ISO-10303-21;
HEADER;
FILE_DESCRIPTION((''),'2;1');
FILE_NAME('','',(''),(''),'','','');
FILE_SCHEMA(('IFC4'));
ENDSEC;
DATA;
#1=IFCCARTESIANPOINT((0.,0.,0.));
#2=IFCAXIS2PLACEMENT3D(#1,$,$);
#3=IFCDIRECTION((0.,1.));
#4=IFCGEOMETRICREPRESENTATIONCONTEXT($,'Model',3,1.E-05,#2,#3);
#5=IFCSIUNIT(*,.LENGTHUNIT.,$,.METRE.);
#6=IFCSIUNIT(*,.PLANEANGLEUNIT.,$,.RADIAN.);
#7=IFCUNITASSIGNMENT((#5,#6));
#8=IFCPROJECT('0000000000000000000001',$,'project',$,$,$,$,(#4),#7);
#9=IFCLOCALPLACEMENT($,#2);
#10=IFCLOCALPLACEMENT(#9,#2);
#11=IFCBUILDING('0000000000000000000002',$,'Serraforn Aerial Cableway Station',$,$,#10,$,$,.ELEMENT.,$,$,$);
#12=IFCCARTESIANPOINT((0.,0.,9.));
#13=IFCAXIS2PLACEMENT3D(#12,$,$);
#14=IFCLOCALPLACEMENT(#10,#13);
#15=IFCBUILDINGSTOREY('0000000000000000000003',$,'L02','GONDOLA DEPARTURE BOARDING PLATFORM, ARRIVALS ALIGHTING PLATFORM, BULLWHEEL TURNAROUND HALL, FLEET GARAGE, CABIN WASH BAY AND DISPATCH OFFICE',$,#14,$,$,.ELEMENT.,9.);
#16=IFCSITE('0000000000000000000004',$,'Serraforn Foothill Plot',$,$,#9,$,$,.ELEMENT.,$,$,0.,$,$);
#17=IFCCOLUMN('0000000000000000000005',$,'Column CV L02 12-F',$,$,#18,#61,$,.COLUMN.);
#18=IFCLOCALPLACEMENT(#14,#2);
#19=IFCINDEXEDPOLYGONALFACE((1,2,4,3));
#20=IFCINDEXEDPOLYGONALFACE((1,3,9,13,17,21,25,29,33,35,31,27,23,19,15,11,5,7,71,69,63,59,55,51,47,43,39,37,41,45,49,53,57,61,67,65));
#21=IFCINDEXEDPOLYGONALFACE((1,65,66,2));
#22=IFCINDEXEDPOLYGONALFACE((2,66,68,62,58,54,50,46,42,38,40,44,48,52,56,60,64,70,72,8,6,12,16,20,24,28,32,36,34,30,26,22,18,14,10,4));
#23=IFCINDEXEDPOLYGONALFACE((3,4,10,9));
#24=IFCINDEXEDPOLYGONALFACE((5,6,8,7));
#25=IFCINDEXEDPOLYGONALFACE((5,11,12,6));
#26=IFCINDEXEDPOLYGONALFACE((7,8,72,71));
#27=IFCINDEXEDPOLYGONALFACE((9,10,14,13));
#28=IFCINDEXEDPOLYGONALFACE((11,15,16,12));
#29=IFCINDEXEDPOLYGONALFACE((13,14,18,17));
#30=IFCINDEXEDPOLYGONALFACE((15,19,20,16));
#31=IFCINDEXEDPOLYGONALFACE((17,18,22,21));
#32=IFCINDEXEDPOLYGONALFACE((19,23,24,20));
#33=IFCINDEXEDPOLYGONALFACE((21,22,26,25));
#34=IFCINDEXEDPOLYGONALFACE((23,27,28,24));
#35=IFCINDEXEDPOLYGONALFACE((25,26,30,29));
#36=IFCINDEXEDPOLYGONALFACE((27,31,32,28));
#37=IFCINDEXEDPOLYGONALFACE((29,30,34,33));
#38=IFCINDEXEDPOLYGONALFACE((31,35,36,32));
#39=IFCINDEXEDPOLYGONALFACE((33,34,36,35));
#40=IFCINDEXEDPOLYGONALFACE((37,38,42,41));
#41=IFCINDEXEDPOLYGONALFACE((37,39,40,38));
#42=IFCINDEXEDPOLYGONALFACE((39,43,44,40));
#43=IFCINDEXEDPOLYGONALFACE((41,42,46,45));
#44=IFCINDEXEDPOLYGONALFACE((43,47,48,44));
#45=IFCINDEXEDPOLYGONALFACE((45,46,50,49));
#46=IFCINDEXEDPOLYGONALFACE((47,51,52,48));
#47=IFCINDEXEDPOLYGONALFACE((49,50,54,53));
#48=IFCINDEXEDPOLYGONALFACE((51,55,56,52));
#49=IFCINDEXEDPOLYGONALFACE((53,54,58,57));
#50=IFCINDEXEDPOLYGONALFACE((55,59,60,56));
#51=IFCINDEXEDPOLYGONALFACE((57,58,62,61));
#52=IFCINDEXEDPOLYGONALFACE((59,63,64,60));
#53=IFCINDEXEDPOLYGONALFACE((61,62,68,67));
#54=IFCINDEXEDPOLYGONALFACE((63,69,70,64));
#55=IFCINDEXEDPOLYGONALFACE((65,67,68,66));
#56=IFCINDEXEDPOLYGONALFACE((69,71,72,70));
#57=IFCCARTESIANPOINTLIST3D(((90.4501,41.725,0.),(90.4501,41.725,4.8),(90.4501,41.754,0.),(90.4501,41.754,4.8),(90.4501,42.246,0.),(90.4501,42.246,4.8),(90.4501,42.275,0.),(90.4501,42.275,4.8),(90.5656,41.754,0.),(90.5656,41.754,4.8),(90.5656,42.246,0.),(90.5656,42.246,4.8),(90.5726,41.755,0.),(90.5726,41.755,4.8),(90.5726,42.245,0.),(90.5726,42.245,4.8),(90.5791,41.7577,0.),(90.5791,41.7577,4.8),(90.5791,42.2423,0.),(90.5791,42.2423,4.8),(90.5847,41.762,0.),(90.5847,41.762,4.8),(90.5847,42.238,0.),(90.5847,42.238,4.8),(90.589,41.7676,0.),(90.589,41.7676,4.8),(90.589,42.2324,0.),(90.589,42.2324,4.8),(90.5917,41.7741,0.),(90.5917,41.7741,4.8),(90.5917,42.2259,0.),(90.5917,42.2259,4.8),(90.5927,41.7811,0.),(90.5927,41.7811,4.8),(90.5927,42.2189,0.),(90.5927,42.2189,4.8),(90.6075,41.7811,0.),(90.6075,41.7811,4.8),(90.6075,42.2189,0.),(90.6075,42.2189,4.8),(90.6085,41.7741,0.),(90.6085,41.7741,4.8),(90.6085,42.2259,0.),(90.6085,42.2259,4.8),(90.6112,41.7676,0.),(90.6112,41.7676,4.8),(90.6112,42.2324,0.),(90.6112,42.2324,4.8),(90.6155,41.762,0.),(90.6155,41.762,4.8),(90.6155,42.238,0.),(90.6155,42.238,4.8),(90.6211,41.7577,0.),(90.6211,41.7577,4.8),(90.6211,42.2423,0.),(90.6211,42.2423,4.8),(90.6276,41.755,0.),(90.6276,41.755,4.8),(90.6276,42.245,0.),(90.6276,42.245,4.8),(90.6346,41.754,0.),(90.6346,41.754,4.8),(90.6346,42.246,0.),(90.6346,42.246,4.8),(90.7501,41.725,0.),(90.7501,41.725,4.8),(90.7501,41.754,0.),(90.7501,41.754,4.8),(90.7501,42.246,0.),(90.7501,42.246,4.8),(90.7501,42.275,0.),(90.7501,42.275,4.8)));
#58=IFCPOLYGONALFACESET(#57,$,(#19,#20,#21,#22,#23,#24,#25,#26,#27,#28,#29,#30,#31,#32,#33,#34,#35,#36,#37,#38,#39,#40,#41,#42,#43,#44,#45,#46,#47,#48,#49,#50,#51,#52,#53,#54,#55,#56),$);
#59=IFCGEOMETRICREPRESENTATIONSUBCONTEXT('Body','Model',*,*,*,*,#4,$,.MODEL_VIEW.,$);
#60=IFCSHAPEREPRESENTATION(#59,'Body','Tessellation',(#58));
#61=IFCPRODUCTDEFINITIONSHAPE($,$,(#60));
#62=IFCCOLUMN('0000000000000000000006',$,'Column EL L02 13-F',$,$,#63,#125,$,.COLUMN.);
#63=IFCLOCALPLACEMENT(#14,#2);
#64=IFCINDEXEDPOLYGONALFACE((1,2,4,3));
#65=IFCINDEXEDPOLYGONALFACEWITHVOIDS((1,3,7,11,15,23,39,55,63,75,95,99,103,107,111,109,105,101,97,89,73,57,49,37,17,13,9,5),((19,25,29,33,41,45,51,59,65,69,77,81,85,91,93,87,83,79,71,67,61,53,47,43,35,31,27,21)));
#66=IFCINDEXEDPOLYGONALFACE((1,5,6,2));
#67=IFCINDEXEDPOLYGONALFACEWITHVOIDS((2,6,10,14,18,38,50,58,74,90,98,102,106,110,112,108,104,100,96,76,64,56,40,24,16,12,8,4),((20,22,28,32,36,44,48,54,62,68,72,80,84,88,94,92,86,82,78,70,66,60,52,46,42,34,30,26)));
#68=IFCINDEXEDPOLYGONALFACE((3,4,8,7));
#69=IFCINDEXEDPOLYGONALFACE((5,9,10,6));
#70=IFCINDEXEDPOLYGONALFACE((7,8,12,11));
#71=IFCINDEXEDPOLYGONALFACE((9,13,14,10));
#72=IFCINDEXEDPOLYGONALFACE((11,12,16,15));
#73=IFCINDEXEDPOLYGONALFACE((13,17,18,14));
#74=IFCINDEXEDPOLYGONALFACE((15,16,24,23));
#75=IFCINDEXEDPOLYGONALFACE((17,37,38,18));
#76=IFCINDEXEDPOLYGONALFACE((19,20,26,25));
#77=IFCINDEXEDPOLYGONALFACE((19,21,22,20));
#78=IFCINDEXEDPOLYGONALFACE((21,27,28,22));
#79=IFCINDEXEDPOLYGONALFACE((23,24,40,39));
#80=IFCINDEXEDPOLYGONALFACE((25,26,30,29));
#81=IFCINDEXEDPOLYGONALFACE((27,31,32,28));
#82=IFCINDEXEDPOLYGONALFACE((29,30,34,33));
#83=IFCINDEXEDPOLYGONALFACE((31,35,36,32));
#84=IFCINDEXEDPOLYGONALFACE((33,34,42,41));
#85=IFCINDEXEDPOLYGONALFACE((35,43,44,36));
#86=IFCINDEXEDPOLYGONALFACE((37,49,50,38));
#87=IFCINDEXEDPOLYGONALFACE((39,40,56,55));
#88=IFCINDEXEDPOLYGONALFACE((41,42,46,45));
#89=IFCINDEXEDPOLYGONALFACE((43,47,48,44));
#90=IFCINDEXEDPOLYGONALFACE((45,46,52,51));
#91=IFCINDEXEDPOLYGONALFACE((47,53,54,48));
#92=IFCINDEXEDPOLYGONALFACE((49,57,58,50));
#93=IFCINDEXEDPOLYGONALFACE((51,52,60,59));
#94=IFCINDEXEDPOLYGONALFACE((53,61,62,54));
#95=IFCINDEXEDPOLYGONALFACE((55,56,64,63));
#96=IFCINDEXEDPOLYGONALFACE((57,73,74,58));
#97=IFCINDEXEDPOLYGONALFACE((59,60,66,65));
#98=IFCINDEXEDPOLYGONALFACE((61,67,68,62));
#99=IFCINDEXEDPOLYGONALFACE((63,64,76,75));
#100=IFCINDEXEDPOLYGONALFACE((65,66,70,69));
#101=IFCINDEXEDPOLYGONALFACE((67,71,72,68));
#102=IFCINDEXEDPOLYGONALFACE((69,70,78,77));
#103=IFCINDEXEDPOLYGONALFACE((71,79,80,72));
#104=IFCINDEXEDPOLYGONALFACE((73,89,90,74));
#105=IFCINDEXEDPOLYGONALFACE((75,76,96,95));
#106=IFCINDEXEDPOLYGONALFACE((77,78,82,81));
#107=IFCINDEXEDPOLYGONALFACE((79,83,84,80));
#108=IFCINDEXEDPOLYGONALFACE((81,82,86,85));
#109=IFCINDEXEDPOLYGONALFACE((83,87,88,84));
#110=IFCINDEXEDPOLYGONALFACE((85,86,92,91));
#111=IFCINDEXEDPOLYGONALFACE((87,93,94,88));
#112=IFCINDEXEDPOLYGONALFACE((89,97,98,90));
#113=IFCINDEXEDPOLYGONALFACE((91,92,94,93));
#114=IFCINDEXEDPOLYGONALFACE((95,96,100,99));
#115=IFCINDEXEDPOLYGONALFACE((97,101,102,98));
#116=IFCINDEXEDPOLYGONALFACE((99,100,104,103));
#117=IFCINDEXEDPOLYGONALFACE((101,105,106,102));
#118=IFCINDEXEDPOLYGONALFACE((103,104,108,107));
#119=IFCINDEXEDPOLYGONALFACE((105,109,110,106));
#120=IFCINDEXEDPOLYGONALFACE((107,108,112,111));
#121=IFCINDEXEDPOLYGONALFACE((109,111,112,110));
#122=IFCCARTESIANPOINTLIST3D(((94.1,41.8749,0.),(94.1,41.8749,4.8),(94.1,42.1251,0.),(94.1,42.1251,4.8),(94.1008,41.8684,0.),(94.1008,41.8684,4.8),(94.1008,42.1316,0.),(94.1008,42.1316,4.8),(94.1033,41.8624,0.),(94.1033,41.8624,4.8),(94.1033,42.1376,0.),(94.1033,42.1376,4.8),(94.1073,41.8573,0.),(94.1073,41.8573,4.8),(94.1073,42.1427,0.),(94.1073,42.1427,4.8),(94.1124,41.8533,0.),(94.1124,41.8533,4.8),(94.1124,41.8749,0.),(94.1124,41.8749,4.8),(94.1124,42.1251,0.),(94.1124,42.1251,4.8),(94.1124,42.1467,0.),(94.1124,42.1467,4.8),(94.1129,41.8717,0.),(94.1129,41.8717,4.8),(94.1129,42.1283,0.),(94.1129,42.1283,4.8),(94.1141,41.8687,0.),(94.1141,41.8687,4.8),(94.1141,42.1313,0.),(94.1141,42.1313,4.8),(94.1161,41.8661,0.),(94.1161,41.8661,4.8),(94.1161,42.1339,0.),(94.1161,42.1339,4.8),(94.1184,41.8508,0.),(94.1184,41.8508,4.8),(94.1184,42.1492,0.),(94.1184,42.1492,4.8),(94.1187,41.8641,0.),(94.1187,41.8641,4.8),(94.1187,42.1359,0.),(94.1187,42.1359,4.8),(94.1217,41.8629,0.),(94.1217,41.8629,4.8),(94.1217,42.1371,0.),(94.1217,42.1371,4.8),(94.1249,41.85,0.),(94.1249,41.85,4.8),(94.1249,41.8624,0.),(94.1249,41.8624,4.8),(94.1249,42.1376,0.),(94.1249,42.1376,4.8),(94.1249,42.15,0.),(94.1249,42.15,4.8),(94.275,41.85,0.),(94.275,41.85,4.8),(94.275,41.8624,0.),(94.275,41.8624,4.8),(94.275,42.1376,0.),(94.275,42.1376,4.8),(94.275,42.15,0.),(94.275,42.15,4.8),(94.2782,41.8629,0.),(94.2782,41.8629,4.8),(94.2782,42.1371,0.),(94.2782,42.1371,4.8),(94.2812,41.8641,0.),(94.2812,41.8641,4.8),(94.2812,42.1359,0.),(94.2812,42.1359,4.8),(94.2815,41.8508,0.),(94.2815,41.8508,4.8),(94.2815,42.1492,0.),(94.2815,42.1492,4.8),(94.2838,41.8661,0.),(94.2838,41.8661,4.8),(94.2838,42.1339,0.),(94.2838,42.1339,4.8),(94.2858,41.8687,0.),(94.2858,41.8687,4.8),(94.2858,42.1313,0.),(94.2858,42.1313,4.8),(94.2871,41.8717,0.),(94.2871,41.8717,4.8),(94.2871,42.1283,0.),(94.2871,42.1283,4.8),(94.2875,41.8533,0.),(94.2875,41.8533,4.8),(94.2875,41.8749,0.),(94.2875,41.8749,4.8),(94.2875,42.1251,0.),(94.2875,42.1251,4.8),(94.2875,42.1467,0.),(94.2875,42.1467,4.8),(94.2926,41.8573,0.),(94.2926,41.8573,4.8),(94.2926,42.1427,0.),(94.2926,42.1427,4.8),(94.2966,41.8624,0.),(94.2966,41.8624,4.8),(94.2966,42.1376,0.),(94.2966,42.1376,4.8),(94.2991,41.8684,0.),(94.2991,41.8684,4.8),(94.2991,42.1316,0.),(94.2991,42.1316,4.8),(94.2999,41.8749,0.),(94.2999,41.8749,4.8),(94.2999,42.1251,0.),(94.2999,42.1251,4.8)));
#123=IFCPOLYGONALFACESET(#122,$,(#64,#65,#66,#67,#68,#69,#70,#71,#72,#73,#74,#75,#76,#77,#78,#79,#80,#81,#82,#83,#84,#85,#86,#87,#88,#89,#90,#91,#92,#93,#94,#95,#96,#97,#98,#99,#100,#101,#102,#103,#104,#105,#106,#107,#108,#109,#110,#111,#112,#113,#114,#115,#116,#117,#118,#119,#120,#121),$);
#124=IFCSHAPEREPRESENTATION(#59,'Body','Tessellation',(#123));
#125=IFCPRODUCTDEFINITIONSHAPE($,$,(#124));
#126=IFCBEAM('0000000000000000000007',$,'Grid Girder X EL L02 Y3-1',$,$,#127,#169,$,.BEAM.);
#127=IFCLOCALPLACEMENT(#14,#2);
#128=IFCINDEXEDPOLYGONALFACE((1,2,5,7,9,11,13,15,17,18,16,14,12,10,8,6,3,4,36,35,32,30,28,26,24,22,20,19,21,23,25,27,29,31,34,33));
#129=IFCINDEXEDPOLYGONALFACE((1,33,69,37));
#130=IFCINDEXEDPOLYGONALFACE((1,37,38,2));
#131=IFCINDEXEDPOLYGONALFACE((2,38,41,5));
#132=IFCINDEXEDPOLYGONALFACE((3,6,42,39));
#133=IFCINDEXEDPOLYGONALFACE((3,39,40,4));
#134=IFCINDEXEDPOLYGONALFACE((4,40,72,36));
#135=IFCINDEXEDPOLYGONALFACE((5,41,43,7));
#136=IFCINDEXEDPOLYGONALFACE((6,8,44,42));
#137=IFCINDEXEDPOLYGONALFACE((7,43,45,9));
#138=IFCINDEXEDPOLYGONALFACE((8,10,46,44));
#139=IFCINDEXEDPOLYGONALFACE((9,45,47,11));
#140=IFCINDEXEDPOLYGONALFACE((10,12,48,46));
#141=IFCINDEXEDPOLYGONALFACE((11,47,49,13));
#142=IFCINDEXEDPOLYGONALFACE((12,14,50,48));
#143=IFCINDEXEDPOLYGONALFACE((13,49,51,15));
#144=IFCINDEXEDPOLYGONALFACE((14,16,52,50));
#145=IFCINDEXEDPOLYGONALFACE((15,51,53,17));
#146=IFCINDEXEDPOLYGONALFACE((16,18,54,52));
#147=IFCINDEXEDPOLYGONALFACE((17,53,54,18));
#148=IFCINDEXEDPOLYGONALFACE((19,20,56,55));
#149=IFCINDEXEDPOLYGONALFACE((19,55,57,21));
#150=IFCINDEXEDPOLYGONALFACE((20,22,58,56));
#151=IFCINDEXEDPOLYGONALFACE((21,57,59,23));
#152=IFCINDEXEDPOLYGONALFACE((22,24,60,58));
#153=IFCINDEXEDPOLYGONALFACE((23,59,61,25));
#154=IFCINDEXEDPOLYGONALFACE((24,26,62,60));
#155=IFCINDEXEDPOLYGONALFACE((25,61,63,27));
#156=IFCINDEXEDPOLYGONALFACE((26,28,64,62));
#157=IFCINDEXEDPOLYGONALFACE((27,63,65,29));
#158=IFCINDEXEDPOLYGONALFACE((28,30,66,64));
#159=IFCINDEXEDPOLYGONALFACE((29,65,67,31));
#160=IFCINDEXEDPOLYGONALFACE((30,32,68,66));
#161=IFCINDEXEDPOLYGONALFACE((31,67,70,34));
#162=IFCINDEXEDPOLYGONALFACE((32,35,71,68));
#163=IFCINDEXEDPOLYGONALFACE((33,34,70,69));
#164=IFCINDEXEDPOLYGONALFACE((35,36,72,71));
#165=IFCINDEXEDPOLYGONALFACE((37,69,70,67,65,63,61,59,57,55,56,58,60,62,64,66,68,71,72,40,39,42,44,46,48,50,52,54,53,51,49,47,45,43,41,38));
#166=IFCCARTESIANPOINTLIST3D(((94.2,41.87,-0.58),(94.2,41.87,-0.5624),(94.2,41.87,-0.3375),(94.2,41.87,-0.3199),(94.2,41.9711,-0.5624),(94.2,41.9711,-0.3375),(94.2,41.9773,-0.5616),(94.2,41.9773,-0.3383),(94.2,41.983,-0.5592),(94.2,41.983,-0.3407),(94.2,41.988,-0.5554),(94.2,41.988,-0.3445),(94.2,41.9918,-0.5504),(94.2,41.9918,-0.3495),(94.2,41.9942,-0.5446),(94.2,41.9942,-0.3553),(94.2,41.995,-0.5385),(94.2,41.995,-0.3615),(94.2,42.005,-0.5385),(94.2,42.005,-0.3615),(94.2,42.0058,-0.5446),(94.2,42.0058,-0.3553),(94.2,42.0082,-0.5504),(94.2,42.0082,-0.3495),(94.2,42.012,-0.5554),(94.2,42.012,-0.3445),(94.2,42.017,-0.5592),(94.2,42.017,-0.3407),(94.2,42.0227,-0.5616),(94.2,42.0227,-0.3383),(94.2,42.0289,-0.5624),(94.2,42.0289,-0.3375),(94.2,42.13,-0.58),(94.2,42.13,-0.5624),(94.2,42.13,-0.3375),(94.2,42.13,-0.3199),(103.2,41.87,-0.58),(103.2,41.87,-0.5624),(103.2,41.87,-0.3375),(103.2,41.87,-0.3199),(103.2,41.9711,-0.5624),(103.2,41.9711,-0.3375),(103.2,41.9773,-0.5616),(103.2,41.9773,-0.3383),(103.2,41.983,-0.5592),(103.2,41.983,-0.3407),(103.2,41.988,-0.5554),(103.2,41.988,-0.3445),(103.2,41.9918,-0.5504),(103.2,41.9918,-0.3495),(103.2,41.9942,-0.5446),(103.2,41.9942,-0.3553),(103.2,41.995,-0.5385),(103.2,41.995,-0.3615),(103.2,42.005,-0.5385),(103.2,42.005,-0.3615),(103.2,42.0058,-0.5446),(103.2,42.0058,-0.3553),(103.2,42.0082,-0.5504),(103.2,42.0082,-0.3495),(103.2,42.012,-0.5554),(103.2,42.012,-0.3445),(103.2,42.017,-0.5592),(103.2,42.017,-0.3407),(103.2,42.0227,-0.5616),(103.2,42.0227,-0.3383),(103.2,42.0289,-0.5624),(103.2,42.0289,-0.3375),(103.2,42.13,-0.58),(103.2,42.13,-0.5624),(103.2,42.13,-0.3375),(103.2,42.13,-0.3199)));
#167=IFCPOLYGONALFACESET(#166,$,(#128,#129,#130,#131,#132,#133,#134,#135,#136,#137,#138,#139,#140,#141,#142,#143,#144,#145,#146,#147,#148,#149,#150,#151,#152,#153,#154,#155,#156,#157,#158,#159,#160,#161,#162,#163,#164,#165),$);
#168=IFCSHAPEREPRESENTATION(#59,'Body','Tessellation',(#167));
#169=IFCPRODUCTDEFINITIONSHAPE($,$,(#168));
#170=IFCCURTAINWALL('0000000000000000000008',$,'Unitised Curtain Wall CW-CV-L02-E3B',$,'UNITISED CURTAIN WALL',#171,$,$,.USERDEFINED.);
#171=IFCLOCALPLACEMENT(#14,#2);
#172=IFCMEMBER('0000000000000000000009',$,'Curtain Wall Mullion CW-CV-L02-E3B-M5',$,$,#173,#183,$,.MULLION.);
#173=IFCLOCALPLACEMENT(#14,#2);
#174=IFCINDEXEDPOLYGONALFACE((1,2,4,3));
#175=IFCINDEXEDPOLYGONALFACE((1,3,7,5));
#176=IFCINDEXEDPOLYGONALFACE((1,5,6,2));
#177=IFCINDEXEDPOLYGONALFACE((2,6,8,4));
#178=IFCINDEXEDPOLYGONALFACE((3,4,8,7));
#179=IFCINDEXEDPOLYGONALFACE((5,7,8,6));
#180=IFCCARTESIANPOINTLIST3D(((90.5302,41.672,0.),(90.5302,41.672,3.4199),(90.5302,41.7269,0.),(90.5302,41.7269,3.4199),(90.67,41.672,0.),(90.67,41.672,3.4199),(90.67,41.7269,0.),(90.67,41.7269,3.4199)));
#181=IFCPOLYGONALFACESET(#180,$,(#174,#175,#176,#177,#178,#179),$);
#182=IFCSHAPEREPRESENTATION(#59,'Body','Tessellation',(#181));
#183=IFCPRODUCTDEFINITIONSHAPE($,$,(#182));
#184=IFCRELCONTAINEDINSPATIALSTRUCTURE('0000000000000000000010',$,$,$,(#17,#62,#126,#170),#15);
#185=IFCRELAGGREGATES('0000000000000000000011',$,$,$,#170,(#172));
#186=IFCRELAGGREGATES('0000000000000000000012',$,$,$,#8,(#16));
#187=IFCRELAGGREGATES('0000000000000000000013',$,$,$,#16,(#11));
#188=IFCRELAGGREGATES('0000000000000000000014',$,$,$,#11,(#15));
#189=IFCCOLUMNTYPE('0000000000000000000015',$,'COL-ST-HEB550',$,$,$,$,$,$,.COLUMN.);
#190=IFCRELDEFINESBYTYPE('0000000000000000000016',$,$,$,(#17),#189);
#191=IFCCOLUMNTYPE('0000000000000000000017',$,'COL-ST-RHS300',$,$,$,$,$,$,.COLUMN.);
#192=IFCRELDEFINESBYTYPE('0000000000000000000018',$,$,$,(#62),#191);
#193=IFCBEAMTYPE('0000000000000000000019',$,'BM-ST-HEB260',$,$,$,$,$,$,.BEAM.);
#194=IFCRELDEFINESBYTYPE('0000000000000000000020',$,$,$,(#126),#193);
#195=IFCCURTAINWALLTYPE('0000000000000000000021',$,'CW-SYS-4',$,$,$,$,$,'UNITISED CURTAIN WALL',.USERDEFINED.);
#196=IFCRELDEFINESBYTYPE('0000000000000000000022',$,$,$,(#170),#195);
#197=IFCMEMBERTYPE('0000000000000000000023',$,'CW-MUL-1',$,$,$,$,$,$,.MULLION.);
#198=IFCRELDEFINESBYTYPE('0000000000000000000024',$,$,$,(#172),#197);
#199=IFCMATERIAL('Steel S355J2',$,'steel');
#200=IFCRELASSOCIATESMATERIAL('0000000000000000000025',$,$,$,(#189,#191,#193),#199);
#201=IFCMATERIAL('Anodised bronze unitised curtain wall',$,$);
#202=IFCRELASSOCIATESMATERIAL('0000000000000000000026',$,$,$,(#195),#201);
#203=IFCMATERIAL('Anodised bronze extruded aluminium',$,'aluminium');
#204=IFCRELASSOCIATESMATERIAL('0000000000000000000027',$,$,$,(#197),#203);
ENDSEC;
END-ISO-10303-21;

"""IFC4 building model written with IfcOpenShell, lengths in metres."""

from ifc_helpers import new_model, si_unit, direction, frame, origin, origin_2d, place, context, subcontext, project, spatial, rectangle, hollow_rectangle, i_section, extrude, material, material_profile, profile_set, type_object, element, aggregate, save


model = new_model("IFC4")

# Units and contexts
model_context = context("Model", 3, precision=1e-05, world=origin(), true_north=direction((0.0, 1.0)))
body_context = subcontext(model_context, "Body", "Model", "MODEL_VIEW")
ifc_project = project(units=[si_unit("LENGTHUNIT", "METRE"), si_unit("PLANEANGLEUNIT", "RADIAN")], contexts=[model_context])

# Site, building, storey
site_placement = place(None, origin())
site = spatial("IfcSite", under=ifc_project, at=site_placement, Name="Serraforn Foothill Plot", CompositionType="ELEMENT", RefElevation=0.0)
building_placement = place(site_placement, origin())
building = spatial("IfcBuilding", under=site, at=building_placement, Name="Serraforn Aerial Cableway Station", CompositionType="ELEMENT")
storey_placement = place(building_placement, frame((0.0, 0.0, 9.0)))
storey = spatial("IfcBuildingStorey", under=building, at=storey_placement, Name="L02", Description="GONDOLA DEPARTURE BOARDING PLATFORM, ARRIVALS ALIGHTING PLATFORM, BULLWHEEL TURNAROUND HALL, FLEET GARAGE, CABIN WASH BAY AND DISPATCH OFFICE", CompositionType="ELEMENT", Elevation=9.0)

# Columns
ifc_material_1 = material(Name="Steel S355J2", Category="steel")
ifc_material_profile_1 = material_profile(ifc_material_1, i_section(OverallWidth=0.3, OverallDepth=0.55, WebThickness=0.0149, FlangeThickness=0.0291, FilletRadius=0.0271, at=origin_2d()), Name="HEB 550")
ifc_profile_set_1 = profile_set([ifc_material_profile_1], Name="Steel S355J2")
column_type_1 = type_object("IfcColumnType", Name="COL-ST-HEB550", PredefinedType="COLUMN", material=ifc_profile_set_1)
column_1_placement = place(storey_placement, frame((90.6001, 42.0, 0.0), z_axis=(0.0, 0.0, 1.0), x_axis=(1.0, 0.0, 0.0)))
element("IfcColumn", 1, at=column_1_placement, inside=storey, type_object=column_type_1, Name="Column CV L02 12-F", PredefinedType="COLUMN", context=body_context, shape_type="SweptSolid", body=[
    extrude(i_section(OverallWidth=0.3, OverallDepth=0.55, WebThickness=0.0149, FlangeThickness=0.0291, FilletRadius=0.0271, at=origin_2d()), origin(), (0.0, 0.0, 1.0), 4.8),
])
ifc_material_profile_2 = material_profile(ifc_material_1, hollow_rectangle(XDim=0.2, YDim=0.3, WallThickness=0.0125, InnerFilletRadius=0.0125, OuterFilletRadius=0.0249, at=origin_2d()), Name="RHS 300x200x12.5")
ifc_profile_set_2 = profile_set([ifc_material_profile_2], Name="Steel S355J2")
column_type_2 = type_object("IfcColumnType", Name="COL-ST-RHS300", PredefinedType="COLUMN", material=ifc_profile_set_2)
column_2_placement = place(storey_placement, frame((94.2, 42.0, 0.0), z_axis=(0.0, 0.0, 1.0), x_axis=(1.0, 0.0, 0.0)))
element("IfcColumn", 2, at=column_2_placement, inside=storey, type_object=column_type_2, Name="Column EL L02 13-F", PredefinedType="COLUMN", context=body_context, shape_type="SweptSolid", body=[
    extrude(hollow_rectangle(XDim=0.2, YDim=0.3, WallThickness=0.0125, InnerFilletRadius=0.0125, OuterFilletRadius=0.0249, at=origin_2d()), origin(), (0.0, 0.0, 1.0), 4.8),
])

# Beam
ifc_material_profile_3 = material_profile(ifc_material_1, i_section(OverallWidth=0.26, OverallDepth=0.26, WebThickness=0.01, FlangeThickness=0.0176, FilletRadius=0.0239, at=origin_2d()), Name="HEB 260")
ifc_profile_set_3 = profile_set([ifc_material_profile_3], Name="Steel S355J2")
beam_type = type_object("IfcBeamType", Name="BM-ST-HEB260", PredefinedType="BEAM", material=ifc_profile_set_3)
beam_placement = place(storey_placement, frame((94.2, 42.0, -0.45), z_axis=(1.0, 0.0, 0.0), x_axis=(0.0, 1.0, 0.0)))
element("IfcBeam", 3, at=beam_placement, inside=storey, type_object=beam_type, Name="Grid Girder X EL L02 Y3-1", PredefinedType="BEAM", context=body_context, shape_type="SweptSolid", body=[
    extrude(i_section(OverallWidth=0.26, OverallDepth=0.26, WebThickness=0.01, FlangeThickness=0.0176, FilletRadius=0.0239, at=origin_2d()), origin(), (0.0, 0.0, 1.0), 9.0),
])

# Curtain wall, member
ifc_material_2 = material(Name="Anodised bronze unitised curtain wall")
curtain_wall_type = type_object("IfcCurtainWallType", Name="CW-SYS-4", ElementType="UNITISED CURTAIN WALL", PredefinedType="USERDEFINED", material=ifc_material_2)
curtain_wall_placement = place(storey_placement, origin())
curtain_wall = element("IfcCurtainWall", 4, at=curtain_wall_placement, inside=storey, type_object=curtain_wall_type, Name="Unitised Curtain Wall CW-CV-L02-E3B", ObjectType="UNITISED CURTAIN WALL", PredefinedType="USERDEFINED")
ifc_material_3 = material(Name="Anodised bronze extruded aluminium", Category="aluminium")
ifc_material_profile_4 = material_profile(ifc_material_3, rectangle(XDim=0.0549, YDim=0.1399, at=origin_2d()), Name="CW MULLION 55x140")
ifc_profile_set_4 = profile_set([ifc_material_profile_4], Name="Anodised bronze extruded aluminium")
member_type_1 = type_object("IfcMemberType", Name="CW-MUL-1", PredefinedType="MULLION", material=ifc_profile_set_4)
member_1_placement = place(storey_placement, frame((90.6001, 41.6995, 0.0), z_axis=(0.0, 0.0, 1.0), x_axis=(0.0, 1.0, 0.0)))
member_1 = element("IfcMember", 5, at=member_1_placement, type_object=member_type_1, Name="Curtain Wall Mullion CW-CV-L02-E3B-M5", PredefinedType="MULLION", context=body_context, shape_type="SweptSolid", body=[
    extrude(rectangle(XDim=0.0549, YDim=0.1399, at=origin_2d()), origin(), (0.0, 0.0, 1.0), 3.4199),
])
aggregate(curtain_wall, [member_1])

save(model, "model.ifc")
